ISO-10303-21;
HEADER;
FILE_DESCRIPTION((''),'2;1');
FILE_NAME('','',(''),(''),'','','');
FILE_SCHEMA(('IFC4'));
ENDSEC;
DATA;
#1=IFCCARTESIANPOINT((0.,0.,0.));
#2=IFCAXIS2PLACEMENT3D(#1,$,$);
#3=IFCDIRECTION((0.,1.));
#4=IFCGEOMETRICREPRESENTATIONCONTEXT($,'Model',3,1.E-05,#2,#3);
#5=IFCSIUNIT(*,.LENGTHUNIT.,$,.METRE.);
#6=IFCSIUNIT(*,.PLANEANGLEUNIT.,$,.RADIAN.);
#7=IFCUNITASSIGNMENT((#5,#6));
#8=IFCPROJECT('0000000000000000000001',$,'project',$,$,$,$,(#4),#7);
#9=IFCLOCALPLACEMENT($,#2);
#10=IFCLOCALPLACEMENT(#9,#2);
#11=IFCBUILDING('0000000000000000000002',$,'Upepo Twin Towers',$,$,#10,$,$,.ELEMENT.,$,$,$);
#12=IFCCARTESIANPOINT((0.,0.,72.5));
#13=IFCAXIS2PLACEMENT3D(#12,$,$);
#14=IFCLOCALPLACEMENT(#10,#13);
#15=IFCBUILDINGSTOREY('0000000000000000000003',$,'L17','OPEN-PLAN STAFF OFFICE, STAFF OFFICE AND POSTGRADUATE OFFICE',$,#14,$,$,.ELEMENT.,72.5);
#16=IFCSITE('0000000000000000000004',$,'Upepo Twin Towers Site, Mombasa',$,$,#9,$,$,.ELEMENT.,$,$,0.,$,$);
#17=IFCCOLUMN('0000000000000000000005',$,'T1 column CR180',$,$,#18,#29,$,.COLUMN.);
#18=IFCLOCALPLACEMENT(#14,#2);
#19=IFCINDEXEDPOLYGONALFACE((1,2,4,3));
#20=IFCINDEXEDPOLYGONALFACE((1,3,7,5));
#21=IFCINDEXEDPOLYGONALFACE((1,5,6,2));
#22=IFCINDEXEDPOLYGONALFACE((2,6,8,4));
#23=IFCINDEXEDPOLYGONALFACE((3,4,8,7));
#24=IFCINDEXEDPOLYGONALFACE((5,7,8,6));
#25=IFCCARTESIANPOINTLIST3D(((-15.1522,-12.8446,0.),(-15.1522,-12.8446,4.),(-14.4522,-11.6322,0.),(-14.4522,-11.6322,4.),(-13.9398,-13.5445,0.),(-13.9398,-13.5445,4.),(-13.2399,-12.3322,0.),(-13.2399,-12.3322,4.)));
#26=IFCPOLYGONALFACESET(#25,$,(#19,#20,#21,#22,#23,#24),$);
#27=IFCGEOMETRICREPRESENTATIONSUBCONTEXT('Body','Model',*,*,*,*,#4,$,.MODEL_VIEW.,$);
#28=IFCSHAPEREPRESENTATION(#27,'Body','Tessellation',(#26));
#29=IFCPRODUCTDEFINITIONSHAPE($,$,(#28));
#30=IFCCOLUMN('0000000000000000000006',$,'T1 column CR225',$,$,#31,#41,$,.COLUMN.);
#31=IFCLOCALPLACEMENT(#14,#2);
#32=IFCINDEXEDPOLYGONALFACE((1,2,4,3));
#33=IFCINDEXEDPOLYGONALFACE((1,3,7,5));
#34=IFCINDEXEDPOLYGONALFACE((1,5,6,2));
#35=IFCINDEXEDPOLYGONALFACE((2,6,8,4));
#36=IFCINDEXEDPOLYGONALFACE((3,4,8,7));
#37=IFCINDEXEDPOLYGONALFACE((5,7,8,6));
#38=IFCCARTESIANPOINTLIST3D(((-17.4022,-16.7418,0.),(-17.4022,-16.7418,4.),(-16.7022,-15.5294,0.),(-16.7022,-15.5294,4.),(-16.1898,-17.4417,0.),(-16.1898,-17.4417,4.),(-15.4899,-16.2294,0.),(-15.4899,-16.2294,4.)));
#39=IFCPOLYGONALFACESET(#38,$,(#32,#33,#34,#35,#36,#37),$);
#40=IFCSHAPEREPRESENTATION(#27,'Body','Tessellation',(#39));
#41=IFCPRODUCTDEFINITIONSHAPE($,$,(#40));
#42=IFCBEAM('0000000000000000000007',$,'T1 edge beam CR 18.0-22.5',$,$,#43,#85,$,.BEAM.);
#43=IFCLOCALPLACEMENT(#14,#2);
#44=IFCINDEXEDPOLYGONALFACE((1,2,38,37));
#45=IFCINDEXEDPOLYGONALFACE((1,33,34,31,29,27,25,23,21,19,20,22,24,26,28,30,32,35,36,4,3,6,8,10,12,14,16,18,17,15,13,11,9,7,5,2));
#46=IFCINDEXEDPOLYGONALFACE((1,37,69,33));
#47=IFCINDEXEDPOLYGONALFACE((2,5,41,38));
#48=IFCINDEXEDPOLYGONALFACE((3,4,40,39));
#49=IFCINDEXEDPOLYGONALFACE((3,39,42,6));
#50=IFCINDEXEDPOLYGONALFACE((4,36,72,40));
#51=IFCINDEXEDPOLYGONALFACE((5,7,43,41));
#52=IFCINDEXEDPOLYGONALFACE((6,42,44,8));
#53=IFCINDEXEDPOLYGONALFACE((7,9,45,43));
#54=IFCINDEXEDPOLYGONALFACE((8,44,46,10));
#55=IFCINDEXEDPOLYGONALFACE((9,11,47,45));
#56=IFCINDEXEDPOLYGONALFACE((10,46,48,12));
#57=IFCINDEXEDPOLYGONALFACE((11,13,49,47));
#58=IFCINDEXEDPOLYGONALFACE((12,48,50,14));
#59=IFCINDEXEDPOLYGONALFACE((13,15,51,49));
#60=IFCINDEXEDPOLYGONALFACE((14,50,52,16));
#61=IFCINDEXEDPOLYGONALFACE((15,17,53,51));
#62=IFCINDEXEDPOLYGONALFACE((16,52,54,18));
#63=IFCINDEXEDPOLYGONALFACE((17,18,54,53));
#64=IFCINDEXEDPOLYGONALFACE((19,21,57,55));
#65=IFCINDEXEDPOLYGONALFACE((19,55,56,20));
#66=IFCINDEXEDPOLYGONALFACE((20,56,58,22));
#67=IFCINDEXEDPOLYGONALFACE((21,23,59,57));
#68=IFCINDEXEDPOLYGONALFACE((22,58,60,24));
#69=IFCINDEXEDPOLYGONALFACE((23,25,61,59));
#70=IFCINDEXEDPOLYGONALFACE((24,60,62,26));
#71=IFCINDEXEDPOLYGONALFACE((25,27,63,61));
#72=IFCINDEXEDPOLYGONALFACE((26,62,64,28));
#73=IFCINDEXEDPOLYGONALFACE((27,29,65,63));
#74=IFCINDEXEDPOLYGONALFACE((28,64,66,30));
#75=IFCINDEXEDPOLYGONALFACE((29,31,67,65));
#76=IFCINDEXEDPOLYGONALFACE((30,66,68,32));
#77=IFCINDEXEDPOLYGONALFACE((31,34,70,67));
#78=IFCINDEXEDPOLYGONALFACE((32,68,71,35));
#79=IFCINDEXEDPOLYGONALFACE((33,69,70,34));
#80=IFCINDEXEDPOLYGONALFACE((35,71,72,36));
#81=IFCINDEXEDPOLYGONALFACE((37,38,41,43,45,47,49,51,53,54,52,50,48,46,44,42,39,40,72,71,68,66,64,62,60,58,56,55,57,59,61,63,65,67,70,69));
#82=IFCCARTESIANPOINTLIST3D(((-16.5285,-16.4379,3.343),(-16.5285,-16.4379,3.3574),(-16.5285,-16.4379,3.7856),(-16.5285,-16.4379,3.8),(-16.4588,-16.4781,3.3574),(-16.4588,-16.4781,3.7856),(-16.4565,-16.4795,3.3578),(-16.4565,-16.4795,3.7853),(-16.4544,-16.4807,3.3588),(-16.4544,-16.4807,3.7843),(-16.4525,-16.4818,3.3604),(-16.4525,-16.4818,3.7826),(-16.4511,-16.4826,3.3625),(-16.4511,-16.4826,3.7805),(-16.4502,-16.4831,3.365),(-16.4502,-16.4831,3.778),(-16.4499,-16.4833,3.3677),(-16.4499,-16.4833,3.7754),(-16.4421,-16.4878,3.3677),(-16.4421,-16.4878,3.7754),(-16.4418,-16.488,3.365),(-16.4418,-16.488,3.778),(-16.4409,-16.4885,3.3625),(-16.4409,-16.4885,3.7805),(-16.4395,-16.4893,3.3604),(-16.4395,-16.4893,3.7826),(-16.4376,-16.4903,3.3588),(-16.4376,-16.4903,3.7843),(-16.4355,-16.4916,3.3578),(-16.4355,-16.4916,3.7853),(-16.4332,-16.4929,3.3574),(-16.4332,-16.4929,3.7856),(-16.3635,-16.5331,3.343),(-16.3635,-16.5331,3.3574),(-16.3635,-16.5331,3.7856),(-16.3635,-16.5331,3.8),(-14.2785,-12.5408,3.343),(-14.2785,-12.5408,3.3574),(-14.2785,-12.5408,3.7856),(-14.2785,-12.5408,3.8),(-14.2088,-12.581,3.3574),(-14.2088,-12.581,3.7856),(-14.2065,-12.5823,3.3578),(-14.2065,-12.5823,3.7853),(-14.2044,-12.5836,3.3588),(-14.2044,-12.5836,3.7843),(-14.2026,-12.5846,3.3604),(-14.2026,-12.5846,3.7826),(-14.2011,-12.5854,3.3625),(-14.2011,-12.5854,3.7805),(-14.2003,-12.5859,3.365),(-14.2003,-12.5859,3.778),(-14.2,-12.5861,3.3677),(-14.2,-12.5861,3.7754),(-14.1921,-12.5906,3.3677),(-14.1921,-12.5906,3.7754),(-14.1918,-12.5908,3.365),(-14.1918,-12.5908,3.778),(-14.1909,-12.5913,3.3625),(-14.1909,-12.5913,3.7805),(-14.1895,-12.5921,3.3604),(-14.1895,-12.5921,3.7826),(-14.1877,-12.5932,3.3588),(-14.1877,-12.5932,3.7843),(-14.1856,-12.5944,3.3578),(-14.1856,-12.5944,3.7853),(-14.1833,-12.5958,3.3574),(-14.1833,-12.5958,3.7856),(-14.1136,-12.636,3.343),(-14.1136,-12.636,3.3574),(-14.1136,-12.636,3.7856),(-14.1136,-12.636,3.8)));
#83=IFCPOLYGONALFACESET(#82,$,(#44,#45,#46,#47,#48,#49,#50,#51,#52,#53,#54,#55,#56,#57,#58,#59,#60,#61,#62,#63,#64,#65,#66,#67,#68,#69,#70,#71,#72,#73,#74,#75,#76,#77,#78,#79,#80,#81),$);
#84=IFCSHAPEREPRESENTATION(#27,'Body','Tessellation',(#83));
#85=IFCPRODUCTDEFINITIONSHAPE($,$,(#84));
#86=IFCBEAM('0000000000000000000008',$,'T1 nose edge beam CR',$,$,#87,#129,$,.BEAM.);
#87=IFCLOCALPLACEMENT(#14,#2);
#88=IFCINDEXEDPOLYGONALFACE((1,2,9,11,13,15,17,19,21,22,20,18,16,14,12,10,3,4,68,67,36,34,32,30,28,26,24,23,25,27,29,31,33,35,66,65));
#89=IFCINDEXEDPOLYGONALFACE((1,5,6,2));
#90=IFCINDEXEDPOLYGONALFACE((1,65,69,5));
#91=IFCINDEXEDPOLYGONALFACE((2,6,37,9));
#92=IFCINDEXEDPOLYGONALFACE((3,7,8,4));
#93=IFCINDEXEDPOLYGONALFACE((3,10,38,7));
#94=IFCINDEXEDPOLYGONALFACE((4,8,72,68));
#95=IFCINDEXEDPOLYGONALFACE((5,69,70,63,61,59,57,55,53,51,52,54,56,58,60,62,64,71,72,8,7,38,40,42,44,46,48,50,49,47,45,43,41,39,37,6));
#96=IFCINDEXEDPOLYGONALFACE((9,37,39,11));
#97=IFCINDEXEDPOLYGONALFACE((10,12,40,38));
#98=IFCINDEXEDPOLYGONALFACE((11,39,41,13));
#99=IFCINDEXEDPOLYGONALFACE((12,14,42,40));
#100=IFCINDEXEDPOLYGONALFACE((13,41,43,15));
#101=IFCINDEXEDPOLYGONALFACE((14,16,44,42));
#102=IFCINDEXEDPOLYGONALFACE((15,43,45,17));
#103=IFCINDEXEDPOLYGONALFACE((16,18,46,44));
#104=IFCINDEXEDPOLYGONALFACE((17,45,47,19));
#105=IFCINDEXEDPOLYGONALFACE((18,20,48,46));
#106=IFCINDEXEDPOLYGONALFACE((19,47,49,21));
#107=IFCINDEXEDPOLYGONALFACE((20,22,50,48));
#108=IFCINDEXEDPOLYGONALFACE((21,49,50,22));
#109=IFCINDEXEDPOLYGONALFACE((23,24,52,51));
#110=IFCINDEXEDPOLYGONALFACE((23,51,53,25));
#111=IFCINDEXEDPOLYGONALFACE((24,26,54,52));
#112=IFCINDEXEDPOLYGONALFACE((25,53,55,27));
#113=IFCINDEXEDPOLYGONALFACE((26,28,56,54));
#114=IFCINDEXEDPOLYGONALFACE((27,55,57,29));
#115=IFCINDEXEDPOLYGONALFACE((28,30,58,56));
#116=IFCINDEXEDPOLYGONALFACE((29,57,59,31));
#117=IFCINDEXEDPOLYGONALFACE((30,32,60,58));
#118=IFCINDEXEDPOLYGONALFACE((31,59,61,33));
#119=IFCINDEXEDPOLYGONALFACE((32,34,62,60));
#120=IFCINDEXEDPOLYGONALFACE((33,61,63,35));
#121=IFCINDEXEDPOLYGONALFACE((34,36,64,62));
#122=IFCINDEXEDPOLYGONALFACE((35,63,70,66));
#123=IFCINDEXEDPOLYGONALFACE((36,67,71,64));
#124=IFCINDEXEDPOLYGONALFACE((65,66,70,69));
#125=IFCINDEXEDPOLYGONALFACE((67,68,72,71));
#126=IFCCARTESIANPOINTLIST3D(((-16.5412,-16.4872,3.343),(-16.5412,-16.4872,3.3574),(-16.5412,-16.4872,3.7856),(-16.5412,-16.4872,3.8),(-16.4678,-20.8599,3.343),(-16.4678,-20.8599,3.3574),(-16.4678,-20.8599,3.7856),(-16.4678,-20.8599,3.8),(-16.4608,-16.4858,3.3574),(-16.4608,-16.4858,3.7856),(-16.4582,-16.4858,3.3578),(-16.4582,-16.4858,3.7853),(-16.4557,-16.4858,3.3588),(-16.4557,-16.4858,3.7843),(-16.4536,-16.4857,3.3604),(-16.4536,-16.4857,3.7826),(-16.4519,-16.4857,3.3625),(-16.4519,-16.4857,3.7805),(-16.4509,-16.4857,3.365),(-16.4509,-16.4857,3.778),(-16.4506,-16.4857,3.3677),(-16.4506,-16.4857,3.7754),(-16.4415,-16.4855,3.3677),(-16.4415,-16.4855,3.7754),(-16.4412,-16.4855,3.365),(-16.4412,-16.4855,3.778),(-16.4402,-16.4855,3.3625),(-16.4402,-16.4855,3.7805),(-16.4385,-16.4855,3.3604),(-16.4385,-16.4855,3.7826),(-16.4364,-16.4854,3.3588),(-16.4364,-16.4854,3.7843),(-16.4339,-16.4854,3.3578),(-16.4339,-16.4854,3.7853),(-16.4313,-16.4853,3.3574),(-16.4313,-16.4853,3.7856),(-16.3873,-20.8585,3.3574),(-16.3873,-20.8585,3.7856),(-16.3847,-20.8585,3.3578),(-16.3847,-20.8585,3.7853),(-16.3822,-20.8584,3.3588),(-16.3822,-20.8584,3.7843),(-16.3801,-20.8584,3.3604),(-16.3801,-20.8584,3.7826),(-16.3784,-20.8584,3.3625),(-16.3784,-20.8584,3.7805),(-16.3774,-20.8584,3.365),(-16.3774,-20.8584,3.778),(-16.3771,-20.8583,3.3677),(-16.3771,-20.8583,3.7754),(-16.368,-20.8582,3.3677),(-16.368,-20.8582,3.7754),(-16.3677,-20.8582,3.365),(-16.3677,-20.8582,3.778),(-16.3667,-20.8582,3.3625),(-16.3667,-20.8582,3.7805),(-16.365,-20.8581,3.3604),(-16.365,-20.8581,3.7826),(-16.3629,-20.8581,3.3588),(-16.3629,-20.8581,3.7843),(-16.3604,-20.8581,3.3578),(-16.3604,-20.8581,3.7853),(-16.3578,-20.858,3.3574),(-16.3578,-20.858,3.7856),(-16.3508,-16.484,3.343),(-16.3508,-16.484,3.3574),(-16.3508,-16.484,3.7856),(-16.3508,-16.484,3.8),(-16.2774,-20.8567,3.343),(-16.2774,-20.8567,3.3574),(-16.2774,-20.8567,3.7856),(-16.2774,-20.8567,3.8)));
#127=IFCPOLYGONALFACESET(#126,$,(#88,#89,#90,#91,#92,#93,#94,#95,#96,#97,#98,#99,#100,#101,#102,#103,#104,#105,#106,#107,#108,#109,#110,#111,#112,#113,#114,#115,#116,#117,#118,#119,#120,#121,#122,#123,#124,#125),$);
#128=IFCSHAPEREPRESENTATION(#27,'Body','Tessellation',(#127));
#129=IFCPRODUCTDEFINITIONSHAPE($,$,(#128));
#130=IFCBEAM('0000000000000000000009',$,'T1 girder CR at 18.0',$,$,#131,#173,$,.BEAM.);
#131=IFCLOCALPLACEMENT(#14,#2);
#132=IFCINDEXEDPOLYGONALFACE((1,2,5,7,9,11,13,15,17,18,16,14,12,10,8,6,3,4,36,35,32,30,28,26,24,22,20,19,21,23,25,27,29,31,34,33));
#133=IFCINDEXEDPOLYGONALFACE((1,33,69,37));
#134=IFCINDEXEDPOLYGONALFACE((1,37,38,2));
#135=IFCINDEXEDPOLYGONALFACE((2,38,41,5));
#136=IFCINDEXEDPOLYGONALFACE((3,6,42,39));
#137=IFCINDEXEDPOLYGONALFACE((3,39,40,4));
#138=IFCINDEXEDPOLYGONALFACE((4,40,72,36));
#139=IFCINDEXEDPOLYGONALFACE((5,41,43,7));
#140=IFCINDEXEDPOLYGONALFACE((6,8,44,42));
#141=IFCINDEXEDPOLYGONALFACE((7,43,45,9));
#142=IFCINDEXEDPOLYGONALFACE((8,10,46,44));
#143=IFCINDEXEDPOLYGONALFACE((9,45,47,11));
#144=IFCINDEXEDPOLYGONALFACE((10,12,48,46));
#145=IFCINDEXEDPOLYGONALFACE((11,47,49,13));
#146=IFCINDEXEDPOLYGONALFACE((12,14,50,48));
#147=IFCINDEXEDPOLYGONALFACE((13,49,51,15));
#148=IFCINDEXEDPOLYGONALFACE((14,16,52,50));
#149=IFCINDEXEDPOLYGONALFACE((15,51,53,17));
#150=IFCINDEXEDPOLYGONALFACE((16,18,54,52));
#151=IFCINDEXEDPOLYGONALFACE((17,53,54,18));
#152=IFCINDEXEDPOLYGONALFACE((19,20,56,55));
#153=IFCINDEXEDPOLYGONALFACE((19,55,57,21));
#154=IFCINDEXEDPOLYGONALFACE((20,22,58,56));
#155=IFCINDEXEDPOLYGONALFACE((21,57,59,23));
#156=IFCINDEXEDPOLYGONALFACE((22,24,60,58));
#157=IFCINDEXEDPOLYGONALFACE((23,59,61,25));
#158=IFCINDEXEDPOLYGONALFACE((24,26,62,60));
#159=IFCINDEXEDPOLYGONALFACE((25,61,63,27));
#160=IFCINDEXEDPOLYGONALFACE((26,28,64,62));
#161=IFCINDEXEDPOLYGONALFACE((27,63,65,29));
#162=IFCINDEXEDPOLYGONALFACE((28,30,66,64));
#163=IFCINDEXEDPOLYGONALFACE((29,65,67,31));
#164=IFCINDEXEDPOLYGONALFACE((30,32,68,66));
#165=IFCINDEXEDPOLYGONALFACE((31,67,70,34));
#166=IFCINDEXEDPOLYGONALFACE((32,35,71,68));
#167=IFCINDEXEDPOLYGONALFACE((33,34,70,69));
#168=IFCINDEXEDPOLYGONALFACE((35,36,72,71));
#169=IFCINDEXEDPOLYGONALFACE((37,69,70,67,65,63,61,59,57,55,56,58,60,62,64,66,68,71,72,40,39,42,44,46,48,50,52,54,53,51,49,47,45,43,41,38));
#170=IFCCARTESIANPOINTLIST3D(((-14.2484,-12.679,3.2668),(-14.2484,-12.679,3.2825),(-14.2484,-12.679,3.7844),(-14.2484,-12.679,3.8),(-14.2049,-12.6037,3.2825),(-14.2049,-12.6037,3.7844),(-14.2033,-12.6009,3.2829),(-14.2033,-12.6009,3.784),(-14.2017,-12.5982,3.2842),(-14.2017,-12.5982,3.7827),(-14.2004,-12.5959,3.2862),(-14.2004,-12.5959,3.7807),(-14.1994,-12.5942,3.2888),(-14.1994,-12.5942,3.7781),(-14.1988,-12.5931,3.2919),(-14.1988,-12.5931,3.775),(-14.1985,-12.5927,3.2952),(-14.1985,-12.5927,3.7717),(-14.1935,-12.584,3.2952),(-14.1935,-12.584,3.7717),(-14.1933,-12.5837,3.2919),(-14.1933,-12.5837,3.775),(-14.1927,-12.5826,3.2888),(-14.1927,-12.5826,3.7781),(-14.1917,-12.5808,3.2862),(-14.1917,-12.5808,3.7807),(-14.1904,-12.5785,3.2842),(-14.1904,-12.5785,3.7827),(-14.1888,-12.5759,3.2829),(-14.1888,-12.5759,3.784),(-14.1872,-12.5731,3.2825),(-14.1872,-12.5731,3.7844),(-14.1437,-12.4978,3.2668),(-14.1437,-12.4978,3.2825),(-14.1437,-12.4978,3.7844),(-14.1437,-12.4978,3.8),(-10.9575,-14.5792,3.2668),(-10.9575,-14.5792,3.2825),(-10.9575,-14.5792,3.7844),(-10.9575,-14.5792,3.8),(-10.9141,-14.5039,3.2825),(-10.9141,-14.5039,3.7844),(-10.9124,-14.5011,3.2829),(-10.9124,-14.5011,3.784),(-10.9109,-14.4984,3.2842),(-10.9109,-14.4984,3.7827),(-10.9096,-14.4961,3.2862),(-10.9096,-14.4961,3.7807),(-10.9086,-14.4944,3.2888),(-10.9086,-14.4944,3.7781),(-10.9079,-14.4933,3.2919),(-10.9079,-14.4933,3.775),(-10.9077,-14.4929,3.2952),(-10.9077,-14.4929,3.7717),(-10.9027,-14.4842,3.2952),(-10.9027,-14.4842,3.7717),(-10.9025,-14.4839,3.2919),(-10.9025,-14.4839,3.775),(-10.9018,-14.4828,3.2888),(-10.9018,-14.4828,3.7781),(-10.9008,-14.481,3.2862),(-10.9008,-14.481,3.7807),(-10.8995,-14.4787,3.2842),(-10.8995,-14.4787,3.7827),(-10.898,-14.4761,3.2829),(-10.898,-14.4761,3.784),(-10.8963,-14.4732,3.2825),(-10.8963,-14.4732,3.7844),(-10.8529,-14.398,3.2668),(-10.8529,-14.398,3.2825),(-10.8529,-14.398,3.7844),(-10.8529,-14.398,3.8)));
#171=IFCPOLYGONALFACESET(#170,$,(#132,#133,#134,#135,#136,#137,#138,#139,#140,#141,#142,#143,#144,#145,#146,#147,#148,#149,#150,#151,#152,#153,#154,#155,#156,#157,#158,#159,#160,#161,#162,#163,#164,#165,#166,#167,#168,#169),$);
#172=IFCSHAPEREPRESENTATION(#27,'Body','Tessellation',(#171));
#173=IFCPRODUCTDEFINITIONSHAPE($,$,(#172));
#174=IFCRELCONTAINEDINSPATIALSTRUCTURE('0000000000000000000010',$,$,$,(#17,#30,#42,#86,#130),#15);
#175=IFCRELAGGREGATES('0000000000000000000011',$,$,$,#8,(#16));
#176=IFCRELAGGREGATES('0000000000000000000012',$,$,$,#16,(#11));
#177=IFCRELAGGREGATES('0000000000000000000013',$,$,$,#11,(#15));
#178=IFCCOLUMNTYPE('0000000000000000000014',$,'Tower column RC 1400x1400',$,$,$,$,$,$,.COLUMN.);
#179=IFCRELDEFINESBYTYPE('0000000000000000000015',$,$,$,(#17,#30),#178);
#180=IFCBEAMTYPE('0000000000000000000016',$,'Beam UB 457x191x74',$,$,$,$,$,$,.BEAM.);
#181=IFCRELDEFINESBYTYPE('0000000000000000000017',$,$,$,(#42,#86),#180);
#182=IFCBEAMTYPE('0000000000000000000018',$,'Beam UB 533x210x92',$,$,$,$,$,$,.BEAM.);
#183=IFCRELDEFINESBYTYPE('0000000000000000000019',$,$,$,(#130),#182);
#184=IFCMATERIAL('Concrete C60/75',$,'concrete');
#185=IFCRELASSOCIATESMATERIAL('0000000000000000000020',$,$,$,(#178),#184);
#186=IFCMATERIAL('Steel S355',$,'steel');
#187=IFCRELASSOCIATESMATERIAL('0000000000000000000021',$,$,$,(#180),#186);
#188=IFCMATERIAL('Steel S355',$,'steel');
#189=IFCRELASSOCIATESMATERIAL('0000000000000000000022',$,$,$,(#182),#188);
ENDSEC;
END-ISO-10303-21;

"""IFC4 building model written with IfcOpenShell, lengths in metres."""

from ifc_helpers import new_model, si_unit, direction, frame, origin, origin_2d, place, context, subcontext, project, spatial, rectangle, i_section, extrude, material, material_profile, profile_set, type_object, element, save


model = new_model("IFC4")

# Units and contexts
model_context = context("Model", 3, precision=1e-05, world=origin(), true_north=direction((0.0, 1.0)))
body_context = subcontext(model_context, "Body", "Model", "MODEL_VIEW")
ifc_project = project(units=[si_unit("LENGTHUNIT", "METRE"), si_unit("PLANEANGLEUNIT", "RADIAN")], contexts=[model_context])

# Site, building, storey
site_placement = place(None, origin())
site = spatial("IfcSite", under=ifc_project, at=site_placement, Name="Upepo Twin Towers Site, Mombasa", CompositionType="ELEMENT", RefElevation=0.0)
building_placement = place(site_placement, origin())
building = spatial("IfcBuilding", under=site, at=building_placement, Name="Upepo Twin Towers", CompositionType="ELEMENT")
storey_placement = place(building_placement, frame((0.0, 0.0, 72.5)))
storey = spatial("IfcBuildingStorey", under=building, at=storey_placement, Name="L17", Description="OPEN-PLAN STAFF OFFICE, STAFF OFFICE AND POSTGRADUATE OFFICE", CompositionType="ELEMENT", Elevation=72.5)

# Columns
ifc_material_1 = material(Name="Concrete C60/75", Category="concrete")
ifc_material_profile_1 = material_profile(ifc_material_1, rectangle(XDim=1.3999, YDim=1.3999, at=origin_2d()), Name="RC 1400x1400")
ifc_profile_set_1 = profile_set([ifc_material_profile_1], Name="Concrete C60/75")
column_type = type_object("IfcColumnType", Name="Tower column RC 1400x1400", PredefinedType="COLUMN", material=ifc_profile_set_1)
for number, where, z_axis, x_axis, name in (
    (1, (-14.196, -12.5884, 0.0), (0.0, 0.0, 1.0), (0.5, 0.866025, 0.0), "T1 column CR180"),
    (2, (-16.446, -16.4856, 0.0), (0.0, 0.0, 1.0), (0.5, 0.866025, 0.0), "T1 column CR225"),
):
    element("IfcColumn", number, at=place(storey_placement, frame(where, z_axis=z_axis, x_axis=x_axis)), inside=storey, type_object=column_type, Name=name, PredefinedType="COLUMN", context=body_context, shape_type="SweptSolid", body=[
        extrude(rectangle(XDim=1.3999, YDim=1.3999, at=origin_2d()), origin(), (0.0, 0.0, 1.0), 4.0),
    ])

# Beams
ifc_material_2 = material(Name="Steel S355", Category="steel")
ifc_material_profile_2 = material_profile(ifc_material_2, i_section(OverallWidth=0.1904, OverallDepth=0.457, WebThickness=0.009, FlangeThickness=0.0144, FilletRadius=0.0103, at=origin_2d()), Name="UB 457x191x74")
ifc_profile_set_2 = profile_set([ifc_material_profile_2], Name="Steel S355")
beam_type_1 = type_object("IfcBeamType", Name="Beam UB 457x191x74", PredefinedType="BEAM", material=ifc_profile_set_2)
beam_1_placement = place(storey_placement, frame((-14.196, -12.5884, 3.5715), z_axis=(-0.49999, -0.866031, 0.0), x_axis=(0.866031, -0.49999, 0.0)))
element("IfcBeam", 3, at=beam_1_placement, inside=storey, type_object=beam_type_1, Name="T1 edge beam CR 18.0-22.5", PredefinedType="BEAM", context=body_context, shape_type="SweptSolid", body=[
    extrude(i_section(OverallWidth=0.1904, OverallDepth=0.457, WebThickness=0.009, FlangeThickness=0.0144, FilletRadius=0.0103, at=origin_2d()), origin(), (0.0, 0.0, 1.0), 4.5),
])
beam_2_placement = place(storey_placement, frame((-16.446, -16.4856, 3.5715), z_axis=(0.016804, -0.999859, 0.0), x_axis=(0.999859, 0.016804, 0.0)))
element("IfcBeam", 4, at=beam_2_placement, inside=storey, type_object=beam_type_1, Name="T1 nose edge beam CR", PredefinedType="BEAM", context=body_context, shape_type="SweptSolid", body=[
    extrude(i_section(OverallWidth=0.1904, OverallDepth=0.457, WebThickness=0.009, FlangeThickness=0.0144, FilletRadius=0.0103, at=origin_2d()), origin(), (0.0, 0.0, 1.0), 4.3733),
])
ifc_material_3 = material(Name="Steel S355", Category="steel")
ifc_material_profile_3 = material_profile(ifc_material_3, i_section(OverallWidth=0.2092, OverallDepth=0.5332, WebThickness=0.01, FlangeThickness=0.0156, FilletRadius=0.0127, at=origin_2d()), Name="UB 533x210x92")
ifc_profile_set_3 = profile_set([ifc_material_profile_3], Name="Steel S355")
beam_type_2 = type_object("IfcBeamType", Name="Beam UB 533x210x92", PredefinedType="BEAM", material=ifc_profile_set_3)
beam_3_placement = place(storey_placement, frame((-14.196, -12.5884, 3.5334), z_axis=(0.866, -0.500043, 0.0), x_axis=(0.500043, 0.866, 0.0)))
element("IfcBeam", 5, at=beam_3_placement, inside=storey, type_object=beam_type_2, Name="T1 girder CR at 18.0", PredefinedType="BEAM", context=body_context, shape_type="SweptSolid", body=[
    extrude(i_section(OverallWidth=0.2092, OverallDepth=0.5332, WebThickness=0.01, FlangeThickness=0.0156, FilletRadius=0.0127, at=origin_2d()), origin(), (0.0, 0.0, 1.0), 3.8),
])

save(model, "model.ifc")
